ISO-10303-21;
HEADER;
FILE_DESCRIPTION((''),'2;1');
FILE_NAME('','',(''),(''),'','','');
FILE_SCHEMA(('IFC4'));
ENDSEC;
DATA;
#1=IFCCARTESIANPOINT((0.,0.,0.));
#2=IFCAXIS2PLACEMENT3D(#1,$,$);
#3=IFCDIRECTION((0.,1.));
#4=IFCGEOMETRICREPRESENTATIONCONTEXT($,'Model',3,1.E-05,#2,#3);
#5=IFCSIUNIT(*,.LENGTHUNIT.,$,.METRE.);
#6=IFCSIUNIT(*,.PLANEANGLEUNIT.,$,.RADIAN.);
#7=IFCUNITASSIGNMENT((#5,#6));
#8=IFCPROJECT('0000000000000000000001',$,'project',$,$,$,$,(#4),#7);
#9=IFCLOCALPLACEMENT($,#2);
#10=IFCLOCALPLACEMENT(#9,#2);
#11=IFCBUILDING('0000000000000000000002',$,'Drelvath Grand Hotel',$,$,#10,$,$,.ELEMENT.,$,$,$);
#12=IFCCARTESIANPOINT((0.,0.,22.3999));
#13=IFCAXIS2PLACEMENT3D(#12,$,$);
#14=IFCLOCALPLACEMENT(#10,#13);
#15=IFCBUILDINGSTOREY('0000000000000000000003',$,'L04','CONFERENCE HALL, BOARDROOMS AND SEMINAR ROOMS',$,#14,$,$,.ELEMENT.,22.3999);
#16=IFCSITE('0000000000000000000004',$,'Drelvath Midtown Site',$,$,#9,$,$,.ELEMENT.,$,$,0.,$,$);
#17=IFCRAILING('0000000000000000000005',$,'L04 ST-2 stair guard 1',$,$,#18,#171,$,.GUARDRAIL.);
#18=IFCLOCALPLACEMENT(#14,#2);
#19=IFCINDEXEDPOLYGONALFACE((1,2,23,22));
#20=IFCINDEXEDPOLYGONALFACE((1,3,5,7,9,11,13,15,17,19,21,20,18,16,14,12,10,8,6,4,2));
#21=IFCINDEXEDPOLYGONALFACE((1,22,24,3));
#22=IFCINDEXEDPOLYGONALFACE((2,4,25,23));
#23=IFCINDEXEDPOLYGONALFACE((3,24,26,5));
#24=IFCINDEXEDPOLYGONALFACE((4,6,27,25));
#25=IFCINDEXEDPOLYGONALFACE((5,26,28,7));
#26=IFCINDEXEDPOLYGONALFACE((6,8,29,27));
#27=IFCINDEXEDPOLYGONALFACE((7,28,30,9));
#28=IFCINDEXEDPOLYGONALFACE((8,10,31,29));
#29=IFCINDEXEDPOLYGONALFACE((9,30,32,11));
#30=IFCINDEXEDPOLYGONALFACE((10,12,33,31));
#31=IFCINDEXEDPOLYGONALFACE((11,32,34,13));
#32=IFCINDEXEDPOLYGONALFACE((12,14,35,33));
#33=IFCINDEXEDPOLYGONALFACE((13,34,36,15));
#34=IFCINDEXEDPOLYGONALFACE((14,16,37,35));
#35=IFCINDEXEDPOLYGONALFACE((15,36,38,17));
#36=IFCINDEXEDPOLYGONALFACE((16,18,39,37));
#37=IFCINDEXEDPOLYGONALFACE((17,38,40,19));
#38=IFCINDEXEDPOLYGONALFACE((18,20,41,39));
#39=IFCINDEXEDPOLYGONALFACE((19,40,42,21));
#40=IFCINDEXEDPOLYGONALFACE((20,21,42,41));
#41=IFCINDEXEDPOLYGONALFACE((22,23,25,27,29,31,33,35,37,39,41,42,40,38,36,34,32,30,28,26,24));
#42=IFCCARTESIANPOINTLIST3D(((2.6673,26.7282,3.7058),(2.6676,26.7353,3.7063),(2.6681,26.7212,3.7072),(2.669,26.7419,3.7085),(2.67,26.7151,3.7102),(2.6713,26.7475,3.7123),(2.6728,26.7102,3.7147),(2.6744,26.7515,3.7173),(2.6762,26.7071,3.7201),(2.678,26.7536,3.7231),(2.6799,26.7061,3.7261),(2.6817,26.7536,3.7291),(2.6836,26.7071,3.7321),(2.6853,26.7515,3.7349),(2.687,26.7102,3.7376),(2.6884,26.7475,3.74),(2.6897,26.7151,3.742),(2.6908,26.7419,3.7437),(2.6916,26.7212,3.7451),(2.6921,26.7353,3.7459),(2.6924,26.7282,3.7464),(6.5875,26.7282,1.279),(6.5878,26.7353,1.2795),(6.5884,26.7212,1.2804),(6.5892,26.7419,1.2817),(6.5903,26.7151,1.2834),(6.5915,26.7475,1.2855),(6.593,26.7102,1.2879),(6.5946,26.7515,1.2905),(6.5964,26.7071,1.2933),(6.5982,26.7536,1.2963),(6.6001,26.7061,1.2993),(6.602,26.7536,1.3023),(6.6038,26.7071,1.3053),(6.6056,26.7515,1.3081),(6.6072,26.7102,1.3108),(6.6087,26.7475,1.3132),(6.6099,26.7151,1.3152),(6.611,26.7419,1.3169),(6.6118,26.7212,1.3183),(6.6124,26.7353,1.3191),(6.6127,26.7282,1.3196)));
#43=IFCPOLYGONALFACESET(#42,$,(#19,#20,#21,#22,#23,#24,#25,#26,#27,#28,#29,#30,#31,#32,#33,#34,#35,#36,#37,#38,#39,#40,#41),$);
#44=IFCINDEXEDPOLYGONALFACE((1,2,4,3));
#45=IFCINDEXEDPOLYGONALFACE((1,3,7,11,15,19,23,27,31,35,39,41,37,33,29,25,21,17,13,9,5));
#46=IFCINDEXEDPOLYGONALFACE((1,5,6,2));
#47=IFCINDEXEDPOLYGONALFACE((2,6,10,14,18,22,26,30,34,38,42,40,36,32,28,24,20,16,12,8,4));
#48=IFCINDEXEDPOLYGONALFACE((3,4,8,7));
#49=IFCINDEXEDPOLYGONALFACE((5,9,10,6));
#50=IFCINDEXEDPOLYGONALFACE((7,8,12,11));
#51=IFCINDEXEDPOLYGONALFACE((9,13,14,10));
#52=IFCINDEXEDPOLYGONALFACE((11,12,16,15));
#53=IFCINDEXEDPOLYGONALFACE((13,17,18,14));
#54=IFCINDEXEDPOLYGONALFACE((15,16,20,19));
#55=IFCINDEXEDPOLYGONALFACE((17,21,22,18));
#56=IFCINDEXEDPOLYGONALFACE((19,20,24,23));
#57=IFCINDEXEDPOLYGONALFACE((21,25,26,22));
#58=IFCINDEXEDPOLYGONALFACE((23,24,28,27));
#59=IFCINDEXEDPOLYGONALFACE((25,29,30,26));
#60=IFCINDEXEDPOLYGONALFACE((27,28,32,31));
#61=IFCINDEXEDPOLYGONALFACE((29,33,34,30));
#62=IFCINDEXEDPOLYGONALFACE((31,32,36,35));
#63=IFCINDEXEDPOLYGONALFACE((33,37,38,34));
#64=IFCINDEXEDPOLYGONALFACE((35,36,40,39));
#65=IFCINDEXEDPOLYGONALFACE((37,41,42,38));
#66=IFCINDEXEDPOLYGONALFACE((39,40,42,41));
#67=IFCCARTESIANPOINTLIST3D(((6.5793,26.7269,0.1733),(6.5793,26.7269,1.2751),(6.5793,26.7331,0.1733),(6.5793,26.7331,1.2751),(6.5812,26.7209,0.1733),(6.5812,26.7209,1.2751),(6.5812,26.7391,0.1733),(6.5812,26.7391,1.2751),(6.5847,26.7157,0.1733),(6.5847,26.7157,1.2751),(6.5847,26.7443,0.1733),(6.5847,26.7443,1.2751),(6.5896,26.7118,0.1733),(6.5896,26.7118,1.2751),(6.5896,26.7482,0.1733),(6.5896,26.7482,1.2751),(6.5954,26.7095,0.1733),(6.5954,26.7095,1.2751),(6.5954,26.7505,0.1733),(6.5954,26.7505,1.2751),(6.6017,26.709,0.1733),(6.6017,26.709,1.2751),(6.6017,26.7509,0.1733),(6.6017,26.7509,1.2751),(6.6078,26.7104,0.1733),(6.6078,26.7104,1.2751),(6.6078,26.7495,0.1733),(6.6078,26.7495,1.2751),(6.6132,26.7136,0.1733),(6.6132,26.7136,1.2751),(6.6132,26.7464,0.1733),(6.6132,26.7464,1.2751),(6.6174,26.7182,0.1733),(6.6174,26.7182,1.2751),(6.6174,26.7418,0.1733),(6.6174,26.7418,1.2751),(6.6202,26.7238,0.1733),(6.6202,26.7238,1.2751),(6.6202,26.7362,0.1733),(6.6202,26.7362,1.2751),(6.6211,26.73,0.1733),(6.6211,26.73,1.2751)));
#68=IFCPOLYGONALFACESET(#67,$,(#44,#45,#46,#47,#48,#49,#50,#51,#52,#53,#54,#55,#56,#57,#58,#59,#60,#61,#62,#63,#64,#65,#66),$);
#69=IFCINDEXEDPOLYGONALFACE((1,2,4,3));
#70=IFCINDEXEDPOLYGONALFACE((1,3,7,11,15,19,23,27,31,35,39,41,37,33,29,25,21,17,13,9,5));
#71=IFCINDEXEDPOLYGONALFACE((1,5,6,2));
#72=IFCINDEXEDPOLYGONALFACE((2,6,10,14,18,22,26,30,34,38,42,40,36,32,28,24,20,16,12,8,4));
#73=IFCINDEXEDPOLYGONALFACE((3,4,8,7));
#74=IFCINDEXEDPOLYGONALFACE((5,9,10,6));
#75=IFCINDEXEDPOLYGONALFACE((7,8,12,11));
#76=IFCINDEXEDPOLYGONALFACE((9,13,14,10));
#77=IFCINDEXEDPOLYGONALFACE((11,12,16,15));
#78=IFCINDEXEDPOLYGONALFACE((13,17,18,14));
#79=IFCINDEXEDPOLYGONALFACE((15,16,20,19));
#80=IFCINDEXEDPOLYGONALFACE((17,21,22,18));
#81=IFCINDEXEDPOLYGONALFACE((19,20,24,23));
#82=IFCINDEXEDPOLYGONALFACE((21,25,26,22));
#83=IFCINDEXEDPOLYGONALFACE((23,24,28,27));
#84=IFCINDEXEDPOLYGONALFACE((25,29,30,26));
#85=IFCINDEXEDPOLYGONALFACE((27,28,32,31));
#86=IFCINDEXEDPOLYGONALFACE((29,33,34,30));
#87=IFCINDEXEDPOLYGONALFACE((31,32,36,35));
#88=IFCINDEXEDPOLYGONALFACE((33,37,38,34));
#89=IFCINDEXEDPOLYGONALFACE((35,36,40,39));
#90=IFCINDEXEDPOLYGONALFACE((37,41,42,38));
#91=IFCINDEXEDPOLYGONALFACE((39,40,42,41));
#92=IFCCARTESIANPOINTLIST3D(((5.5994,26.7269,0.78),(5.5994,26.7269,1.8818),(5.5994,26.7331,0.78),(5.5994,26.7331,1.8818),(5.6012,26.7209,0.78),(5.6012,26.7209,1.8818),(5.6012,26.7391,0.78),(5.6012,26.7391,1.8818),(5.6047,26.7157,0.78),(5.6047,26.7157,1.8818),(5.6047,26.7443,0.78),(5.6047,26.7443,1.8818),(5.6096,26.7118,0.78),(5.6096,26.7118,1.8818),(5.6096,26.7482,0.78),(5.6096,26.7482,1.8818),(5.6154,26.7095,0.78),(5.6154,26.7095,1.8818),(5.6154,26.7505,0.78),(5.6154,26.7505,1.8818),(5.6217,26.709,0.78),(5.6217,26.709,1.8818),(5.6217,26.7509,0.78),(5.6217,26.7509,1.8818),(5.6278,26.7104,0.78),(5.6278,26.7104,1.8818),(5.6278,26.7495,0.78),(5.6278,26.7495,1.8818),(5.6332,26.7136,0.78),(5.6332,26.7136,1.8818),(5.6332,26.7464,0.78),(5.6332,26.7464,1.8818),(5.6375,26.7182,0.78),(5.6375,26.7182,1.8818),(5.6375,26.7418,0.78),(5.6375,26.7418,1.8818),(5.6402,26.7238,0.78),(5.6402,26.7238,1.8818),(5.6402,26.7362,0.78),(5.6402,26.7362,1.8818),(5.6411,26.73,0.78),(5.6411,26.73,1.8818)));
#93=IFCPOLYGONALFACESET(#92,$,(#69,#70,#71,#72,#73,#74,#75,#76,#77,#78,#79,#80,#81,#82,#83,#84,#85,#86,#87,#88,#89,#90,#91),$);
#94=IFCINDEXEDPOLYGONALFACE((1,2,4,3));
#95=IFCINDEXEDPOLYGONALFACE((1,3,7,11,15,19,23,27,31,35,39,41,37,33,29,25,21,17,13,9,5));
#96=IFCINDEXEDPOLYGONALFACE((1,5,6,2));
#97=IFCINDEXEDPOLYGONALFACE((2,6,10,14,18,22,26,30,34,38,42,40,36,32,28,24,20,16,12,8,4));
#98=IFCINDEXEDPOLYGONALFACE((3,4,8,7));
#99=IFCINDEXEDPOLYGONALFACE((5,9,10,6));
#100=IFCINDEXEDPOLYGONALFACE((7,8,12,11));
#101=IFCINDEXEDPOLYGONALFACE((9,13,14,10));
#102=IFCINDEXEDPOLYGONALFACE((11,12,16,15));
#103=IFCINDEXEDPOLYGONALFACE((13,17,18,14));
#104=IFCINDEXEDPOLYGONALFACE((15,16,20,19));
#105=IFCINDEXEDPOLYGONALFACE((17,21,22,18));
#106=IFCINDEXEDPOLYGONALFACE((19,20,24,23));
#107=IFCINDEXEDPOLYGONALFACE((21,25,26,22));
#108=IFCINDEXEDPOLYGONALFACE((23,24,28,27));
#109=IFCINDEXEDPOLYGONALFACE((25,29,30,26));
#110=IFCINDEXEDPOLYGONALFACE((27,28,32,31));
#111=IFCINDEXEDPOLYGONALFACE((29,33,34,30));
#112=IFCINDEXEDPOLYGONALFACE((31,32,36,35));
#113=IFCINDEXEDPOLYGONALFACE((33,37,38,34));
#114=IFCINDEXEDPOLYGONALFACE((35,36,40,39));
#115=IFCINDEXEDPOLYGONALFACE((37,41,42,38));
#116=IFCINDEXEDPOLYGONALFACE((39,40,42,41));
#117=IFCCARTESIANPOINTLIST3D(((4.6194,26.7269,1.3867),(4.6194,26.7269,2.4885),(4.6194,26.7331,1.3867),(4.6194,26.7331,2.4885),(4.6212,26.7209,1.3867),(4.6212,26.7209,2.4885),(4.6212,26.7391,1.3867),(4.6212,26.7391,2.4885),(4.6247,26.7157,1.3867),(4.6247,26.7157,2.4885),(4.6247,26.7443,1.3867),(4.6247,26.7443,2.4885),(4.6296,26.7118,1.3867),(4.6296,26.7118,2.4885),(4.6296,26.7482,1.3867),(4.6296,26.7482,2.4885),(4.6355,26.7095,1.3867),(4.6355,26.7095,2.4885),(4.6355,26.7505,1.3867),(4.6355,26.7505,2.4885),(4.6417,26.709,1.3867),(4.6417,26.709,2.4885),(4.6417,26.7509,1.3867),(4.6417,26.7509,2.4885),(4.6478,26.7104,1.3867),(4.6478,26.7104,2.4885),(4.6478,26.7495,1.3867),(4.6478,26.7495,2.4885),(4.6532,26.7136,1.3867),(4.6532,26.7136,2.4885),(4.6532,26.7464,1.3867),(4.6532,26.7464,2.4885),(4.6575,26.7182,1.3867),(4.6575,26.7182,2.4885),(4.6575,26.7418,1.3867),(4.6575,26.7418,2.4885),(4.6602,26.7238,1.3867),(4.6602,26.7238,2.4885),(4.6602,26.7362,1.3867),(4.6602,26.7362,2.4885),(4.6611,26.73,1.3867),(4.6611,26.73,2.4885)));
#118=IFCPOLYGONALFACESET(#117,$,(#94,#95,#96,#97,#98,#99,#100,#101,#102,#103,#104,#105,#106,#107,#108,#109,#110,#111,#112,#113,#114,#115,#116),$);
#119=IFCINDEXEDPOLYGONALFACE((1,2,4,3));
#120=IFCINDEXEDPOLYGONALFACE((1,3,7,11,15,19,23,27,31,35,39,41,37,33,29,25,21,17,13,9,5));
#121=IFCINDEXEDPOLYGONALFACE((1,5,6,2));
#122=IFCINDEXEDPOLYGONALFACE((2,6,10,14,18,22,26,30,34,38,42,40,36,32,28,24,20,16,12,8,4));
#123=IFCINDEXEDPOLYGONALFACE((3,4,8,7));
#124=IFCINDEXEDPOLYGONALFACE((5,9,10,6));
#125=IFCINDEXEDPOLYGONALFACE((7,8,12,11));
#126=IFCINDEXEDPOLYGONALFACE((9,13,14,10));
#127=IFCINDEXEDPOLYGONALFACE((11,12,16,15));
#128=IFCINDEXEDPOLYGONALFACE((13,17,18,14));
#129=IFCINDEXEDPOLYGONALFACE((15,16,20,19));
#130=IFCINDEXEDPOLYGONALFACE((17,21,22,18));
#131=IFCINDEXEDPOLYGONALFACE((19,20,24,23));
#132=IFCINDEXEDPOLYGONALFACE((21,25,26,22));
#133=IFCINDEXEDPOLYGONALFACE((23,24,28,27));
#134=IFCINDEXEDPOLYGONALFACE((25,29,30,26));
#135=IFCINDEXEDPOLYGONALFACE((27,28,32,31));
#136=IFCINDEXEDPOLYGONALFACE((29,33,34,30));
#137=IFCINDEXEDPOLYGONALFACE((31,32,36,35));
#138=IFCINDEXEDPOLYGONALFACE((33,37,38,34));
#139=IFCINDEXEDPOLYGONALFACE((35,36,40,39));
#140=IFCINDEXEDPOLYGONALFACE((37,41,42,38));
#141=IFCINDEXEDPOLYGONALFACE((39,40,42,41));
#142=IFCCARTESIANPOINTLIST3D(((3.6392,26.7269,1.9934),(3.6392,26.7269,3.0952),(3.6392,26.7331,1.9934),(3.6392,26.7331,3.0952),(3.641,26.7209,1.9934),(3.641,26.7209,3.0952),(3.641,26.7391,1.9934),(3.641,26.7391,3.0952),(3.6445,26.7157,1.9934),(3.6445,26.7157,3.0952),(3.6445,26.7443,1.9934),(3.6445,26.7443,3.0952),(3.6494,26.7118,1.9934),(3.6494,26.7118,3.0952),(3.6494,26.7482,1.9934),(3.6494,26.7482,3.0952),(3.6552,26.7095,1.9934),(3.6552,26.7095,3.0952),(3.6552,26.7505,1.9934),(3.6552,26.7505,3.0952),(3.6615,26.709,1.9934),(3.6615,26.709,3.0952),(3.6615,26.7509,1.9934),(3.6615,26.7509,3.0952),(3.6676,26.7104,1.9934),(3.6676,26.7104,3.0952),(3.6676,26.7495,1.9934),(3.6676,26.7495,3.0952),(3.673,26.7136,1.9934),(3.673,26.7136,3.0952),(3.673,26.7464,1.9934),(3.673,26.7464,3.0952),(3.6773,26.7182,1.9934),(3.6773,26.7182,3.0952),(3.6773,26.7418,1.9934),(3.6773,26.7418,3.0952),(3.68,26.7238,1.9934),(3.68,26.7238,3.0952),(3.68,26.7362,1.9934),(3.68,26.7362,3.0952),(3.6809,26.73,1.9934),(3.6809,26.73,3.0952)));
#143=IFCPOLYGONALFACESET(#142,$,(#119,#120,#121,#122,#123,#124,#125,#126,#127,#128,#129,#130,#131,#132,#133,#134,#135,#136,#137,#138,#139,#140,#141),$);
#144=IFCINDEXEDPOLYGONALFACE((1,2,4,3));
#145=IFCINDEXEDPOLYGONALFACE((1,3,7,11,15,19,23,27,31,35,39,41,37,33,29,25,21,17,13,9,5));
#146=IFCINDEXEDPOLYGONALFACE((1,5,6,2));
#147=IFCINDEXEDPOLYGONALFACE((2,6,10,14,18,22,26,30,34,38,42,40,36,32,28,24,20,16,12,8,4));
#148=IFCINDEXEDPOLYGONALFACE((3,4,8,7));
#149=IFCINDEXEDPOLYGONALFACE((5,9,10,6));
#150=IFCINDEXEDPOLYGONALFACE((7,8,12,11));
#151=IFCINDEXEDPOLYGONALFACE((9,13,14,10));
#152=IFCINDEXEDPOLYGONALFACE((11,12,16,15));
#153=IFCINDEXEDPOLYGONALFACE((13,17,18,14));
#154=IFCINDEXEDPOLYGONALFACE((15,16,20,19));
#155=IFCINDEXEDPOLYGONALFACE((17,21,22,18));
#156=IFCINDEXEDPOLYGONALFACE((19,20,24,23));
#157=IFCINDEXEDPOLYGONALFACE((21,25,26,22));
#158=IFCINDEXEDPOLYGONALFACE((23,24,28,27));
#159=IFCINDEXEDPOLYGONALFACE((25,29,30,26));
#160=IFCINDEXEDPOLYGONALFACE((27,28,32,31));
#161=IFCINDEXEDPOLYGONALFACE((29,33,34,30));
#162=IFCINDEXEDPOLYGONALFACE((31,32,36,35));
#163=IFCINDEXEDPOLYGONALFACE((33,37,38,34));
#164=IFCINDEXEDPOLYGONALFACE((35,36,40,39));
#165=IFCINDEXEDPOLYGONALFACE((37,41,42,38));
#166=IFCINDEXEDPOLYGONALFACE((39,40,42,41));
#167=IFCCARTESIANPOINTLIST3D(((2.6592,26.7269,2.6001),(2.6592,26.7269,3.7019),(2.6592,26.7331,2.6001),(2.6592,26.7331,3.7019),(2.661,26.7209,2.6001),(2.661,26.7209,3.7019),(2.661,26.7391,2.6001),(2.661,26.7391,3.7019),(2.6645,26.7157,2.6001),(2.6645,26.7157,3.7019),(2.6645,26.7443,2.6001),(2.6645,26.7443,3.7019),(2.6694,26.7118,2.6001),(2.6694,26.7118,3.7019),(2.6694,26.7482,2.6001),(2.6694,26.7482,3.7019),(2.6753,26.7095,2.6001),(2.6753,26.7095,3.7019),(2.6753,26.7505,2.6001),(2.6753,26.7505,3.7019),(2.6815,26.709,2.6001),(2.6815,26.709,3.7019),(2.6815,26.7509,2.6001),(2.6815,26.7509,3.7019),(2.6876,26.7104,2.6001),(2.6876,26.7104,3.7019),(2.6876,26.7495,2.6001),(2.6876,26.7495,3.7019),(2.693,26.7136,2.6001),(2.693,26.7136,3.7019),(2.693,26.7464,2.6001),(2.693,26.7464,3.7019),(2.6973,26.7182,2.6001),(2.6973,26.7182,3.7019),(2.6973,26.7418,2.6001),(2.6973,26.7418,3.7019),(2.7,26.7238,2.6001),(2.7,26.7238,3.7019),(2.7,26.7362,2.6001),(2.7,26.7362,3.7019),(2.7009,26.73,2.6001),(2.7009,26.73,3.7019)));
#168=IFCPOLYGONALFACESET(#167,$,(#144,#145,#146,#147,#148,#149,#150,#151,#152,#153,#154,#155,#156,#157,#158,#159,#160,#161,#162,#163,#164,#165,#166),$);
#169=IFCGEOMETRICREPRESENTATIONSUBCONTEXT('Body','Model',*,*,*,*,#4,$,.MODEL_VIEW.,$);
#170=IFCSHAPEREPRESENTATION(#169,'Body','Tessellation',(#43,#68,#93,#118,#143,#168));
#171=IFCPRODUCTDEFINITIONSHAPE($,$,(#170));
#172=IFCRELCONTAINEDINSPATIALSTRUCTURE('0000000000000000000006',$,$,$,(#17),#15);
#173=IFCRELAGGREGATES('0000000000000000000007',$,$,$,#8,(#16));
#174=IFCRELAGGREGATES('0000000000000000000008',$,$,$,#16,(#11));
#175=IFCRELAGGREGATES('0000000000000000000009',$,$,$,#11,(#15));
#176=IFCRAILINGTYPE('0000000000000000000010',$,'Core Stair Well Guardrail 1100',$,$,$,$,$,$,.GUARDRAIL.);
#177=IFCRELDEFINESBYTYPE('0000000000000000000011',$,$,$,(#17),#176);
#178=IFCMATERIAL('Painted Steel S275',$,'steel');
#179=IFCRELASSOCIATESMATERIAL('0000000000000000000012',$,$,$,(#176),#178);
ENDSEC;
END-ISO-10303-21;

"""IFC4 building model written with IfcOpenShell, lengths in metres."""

from ifc_helpers import new_model, si_unit, direction, frame, origin, origin_2d, place, context, subcontext, project, spatial, circle, extrude, material, type_object, element, save


model = new_model("IFC4")

# Units and contexts
model_context = context("Model", 3, precision=1e-05, world=origin(), true_north=direction((0.0, 1.0)))
body_context = subcontext(model_context, "Body", "Model", "MODEL_VIEW")
ifc_project = project(units=[si_unit("LENGTHUNIT", "METRE"), si_unit("PLANEANGLEUNIT", "RADIAN")], contexts=[model_context])

# Site, building, storey
site_placement = place(None, origin())
site = spatial("IfcSite", under=ifc_project, at=site_placement, Name="Drelvath Midtown Site", CompositionType="ELEMENT", RefElevation=0.0)
building_placement = place(site_placement, origin())
building = spatial("IfcBuilding", under=site, at=building_placement, Name="Drelvath Grand Hotel", CompositionType="ELEMENT")
storey_placement = place(building_placement, frame((0.0, 0.0, 22.3999)))
storey = spatial("IfcBuildingStorey", under=building, at=storey_placement, Name="L04", Description="CONFERENCE HALL, BOARDROOMS AND SEMINAR ROOMS", CompositionType="ELEMENT", Elevation=22.3999)

# Shared definitions
ifc_material_1 = material(Name="Painted Steel S275", Category="steel")

# Railing
railing_type_1 = type_object("IfcRailingType", Name="Core Stair Well Guardrail 1100", PredefinedType="GUARDRAIL", material=ifc_material_1)
railing_1_placement = place(storey_placement, frame((6.6001, 26.73, 0.1733)))
element("IfcRailing", 1, at=railing_1_placement, inside=storey, type_object=railing_type_1, Name="L04 ST-2 stair guard 1", PredefinedType="GUARDRAIL", context=body_context, shape_type="SweptSolid", body=[
    extrude(circle(Radius=0.0239, at=origin_2d()), frame((0.0, 0.0, 1.126), z_axis=(-0.850266, 0.0, 0.526353), x_axis=(0.0, -1.0, 0.0)), (0.0, 0.0, 1.0), 4.6106),
    extrude(circle(Radius=0.021, at=origin_2d()), origin(), (0.0, 0.0, 1.0), 1.1018),
    extrude(circle(Radius=0.021, at=origin_2d()), frame((-0.98, 0.0, 0.6067)), (0.0, 0.0, 1.0), 1.1018),
    extrude(circle(Radius=0.021, at=origin_2d()), frame((-1.96, 0.0, 1.2134)), (0.0, 0.0, 1.0), 1.1018),
    extrude(circle(Radius=0.021, at=origin_2d()), frame((-2.9402, 0.0, 1.8201)), (0.0, 0.0, 1.0), 1.1018),
    extrude(circle(Radius=0.021, at=origin_2d()), frame((-3.9202, 0.0, 2.4268)), (0.0, 0.0, 1.0), 1.1018),
])

save(model, "model.ifc")
